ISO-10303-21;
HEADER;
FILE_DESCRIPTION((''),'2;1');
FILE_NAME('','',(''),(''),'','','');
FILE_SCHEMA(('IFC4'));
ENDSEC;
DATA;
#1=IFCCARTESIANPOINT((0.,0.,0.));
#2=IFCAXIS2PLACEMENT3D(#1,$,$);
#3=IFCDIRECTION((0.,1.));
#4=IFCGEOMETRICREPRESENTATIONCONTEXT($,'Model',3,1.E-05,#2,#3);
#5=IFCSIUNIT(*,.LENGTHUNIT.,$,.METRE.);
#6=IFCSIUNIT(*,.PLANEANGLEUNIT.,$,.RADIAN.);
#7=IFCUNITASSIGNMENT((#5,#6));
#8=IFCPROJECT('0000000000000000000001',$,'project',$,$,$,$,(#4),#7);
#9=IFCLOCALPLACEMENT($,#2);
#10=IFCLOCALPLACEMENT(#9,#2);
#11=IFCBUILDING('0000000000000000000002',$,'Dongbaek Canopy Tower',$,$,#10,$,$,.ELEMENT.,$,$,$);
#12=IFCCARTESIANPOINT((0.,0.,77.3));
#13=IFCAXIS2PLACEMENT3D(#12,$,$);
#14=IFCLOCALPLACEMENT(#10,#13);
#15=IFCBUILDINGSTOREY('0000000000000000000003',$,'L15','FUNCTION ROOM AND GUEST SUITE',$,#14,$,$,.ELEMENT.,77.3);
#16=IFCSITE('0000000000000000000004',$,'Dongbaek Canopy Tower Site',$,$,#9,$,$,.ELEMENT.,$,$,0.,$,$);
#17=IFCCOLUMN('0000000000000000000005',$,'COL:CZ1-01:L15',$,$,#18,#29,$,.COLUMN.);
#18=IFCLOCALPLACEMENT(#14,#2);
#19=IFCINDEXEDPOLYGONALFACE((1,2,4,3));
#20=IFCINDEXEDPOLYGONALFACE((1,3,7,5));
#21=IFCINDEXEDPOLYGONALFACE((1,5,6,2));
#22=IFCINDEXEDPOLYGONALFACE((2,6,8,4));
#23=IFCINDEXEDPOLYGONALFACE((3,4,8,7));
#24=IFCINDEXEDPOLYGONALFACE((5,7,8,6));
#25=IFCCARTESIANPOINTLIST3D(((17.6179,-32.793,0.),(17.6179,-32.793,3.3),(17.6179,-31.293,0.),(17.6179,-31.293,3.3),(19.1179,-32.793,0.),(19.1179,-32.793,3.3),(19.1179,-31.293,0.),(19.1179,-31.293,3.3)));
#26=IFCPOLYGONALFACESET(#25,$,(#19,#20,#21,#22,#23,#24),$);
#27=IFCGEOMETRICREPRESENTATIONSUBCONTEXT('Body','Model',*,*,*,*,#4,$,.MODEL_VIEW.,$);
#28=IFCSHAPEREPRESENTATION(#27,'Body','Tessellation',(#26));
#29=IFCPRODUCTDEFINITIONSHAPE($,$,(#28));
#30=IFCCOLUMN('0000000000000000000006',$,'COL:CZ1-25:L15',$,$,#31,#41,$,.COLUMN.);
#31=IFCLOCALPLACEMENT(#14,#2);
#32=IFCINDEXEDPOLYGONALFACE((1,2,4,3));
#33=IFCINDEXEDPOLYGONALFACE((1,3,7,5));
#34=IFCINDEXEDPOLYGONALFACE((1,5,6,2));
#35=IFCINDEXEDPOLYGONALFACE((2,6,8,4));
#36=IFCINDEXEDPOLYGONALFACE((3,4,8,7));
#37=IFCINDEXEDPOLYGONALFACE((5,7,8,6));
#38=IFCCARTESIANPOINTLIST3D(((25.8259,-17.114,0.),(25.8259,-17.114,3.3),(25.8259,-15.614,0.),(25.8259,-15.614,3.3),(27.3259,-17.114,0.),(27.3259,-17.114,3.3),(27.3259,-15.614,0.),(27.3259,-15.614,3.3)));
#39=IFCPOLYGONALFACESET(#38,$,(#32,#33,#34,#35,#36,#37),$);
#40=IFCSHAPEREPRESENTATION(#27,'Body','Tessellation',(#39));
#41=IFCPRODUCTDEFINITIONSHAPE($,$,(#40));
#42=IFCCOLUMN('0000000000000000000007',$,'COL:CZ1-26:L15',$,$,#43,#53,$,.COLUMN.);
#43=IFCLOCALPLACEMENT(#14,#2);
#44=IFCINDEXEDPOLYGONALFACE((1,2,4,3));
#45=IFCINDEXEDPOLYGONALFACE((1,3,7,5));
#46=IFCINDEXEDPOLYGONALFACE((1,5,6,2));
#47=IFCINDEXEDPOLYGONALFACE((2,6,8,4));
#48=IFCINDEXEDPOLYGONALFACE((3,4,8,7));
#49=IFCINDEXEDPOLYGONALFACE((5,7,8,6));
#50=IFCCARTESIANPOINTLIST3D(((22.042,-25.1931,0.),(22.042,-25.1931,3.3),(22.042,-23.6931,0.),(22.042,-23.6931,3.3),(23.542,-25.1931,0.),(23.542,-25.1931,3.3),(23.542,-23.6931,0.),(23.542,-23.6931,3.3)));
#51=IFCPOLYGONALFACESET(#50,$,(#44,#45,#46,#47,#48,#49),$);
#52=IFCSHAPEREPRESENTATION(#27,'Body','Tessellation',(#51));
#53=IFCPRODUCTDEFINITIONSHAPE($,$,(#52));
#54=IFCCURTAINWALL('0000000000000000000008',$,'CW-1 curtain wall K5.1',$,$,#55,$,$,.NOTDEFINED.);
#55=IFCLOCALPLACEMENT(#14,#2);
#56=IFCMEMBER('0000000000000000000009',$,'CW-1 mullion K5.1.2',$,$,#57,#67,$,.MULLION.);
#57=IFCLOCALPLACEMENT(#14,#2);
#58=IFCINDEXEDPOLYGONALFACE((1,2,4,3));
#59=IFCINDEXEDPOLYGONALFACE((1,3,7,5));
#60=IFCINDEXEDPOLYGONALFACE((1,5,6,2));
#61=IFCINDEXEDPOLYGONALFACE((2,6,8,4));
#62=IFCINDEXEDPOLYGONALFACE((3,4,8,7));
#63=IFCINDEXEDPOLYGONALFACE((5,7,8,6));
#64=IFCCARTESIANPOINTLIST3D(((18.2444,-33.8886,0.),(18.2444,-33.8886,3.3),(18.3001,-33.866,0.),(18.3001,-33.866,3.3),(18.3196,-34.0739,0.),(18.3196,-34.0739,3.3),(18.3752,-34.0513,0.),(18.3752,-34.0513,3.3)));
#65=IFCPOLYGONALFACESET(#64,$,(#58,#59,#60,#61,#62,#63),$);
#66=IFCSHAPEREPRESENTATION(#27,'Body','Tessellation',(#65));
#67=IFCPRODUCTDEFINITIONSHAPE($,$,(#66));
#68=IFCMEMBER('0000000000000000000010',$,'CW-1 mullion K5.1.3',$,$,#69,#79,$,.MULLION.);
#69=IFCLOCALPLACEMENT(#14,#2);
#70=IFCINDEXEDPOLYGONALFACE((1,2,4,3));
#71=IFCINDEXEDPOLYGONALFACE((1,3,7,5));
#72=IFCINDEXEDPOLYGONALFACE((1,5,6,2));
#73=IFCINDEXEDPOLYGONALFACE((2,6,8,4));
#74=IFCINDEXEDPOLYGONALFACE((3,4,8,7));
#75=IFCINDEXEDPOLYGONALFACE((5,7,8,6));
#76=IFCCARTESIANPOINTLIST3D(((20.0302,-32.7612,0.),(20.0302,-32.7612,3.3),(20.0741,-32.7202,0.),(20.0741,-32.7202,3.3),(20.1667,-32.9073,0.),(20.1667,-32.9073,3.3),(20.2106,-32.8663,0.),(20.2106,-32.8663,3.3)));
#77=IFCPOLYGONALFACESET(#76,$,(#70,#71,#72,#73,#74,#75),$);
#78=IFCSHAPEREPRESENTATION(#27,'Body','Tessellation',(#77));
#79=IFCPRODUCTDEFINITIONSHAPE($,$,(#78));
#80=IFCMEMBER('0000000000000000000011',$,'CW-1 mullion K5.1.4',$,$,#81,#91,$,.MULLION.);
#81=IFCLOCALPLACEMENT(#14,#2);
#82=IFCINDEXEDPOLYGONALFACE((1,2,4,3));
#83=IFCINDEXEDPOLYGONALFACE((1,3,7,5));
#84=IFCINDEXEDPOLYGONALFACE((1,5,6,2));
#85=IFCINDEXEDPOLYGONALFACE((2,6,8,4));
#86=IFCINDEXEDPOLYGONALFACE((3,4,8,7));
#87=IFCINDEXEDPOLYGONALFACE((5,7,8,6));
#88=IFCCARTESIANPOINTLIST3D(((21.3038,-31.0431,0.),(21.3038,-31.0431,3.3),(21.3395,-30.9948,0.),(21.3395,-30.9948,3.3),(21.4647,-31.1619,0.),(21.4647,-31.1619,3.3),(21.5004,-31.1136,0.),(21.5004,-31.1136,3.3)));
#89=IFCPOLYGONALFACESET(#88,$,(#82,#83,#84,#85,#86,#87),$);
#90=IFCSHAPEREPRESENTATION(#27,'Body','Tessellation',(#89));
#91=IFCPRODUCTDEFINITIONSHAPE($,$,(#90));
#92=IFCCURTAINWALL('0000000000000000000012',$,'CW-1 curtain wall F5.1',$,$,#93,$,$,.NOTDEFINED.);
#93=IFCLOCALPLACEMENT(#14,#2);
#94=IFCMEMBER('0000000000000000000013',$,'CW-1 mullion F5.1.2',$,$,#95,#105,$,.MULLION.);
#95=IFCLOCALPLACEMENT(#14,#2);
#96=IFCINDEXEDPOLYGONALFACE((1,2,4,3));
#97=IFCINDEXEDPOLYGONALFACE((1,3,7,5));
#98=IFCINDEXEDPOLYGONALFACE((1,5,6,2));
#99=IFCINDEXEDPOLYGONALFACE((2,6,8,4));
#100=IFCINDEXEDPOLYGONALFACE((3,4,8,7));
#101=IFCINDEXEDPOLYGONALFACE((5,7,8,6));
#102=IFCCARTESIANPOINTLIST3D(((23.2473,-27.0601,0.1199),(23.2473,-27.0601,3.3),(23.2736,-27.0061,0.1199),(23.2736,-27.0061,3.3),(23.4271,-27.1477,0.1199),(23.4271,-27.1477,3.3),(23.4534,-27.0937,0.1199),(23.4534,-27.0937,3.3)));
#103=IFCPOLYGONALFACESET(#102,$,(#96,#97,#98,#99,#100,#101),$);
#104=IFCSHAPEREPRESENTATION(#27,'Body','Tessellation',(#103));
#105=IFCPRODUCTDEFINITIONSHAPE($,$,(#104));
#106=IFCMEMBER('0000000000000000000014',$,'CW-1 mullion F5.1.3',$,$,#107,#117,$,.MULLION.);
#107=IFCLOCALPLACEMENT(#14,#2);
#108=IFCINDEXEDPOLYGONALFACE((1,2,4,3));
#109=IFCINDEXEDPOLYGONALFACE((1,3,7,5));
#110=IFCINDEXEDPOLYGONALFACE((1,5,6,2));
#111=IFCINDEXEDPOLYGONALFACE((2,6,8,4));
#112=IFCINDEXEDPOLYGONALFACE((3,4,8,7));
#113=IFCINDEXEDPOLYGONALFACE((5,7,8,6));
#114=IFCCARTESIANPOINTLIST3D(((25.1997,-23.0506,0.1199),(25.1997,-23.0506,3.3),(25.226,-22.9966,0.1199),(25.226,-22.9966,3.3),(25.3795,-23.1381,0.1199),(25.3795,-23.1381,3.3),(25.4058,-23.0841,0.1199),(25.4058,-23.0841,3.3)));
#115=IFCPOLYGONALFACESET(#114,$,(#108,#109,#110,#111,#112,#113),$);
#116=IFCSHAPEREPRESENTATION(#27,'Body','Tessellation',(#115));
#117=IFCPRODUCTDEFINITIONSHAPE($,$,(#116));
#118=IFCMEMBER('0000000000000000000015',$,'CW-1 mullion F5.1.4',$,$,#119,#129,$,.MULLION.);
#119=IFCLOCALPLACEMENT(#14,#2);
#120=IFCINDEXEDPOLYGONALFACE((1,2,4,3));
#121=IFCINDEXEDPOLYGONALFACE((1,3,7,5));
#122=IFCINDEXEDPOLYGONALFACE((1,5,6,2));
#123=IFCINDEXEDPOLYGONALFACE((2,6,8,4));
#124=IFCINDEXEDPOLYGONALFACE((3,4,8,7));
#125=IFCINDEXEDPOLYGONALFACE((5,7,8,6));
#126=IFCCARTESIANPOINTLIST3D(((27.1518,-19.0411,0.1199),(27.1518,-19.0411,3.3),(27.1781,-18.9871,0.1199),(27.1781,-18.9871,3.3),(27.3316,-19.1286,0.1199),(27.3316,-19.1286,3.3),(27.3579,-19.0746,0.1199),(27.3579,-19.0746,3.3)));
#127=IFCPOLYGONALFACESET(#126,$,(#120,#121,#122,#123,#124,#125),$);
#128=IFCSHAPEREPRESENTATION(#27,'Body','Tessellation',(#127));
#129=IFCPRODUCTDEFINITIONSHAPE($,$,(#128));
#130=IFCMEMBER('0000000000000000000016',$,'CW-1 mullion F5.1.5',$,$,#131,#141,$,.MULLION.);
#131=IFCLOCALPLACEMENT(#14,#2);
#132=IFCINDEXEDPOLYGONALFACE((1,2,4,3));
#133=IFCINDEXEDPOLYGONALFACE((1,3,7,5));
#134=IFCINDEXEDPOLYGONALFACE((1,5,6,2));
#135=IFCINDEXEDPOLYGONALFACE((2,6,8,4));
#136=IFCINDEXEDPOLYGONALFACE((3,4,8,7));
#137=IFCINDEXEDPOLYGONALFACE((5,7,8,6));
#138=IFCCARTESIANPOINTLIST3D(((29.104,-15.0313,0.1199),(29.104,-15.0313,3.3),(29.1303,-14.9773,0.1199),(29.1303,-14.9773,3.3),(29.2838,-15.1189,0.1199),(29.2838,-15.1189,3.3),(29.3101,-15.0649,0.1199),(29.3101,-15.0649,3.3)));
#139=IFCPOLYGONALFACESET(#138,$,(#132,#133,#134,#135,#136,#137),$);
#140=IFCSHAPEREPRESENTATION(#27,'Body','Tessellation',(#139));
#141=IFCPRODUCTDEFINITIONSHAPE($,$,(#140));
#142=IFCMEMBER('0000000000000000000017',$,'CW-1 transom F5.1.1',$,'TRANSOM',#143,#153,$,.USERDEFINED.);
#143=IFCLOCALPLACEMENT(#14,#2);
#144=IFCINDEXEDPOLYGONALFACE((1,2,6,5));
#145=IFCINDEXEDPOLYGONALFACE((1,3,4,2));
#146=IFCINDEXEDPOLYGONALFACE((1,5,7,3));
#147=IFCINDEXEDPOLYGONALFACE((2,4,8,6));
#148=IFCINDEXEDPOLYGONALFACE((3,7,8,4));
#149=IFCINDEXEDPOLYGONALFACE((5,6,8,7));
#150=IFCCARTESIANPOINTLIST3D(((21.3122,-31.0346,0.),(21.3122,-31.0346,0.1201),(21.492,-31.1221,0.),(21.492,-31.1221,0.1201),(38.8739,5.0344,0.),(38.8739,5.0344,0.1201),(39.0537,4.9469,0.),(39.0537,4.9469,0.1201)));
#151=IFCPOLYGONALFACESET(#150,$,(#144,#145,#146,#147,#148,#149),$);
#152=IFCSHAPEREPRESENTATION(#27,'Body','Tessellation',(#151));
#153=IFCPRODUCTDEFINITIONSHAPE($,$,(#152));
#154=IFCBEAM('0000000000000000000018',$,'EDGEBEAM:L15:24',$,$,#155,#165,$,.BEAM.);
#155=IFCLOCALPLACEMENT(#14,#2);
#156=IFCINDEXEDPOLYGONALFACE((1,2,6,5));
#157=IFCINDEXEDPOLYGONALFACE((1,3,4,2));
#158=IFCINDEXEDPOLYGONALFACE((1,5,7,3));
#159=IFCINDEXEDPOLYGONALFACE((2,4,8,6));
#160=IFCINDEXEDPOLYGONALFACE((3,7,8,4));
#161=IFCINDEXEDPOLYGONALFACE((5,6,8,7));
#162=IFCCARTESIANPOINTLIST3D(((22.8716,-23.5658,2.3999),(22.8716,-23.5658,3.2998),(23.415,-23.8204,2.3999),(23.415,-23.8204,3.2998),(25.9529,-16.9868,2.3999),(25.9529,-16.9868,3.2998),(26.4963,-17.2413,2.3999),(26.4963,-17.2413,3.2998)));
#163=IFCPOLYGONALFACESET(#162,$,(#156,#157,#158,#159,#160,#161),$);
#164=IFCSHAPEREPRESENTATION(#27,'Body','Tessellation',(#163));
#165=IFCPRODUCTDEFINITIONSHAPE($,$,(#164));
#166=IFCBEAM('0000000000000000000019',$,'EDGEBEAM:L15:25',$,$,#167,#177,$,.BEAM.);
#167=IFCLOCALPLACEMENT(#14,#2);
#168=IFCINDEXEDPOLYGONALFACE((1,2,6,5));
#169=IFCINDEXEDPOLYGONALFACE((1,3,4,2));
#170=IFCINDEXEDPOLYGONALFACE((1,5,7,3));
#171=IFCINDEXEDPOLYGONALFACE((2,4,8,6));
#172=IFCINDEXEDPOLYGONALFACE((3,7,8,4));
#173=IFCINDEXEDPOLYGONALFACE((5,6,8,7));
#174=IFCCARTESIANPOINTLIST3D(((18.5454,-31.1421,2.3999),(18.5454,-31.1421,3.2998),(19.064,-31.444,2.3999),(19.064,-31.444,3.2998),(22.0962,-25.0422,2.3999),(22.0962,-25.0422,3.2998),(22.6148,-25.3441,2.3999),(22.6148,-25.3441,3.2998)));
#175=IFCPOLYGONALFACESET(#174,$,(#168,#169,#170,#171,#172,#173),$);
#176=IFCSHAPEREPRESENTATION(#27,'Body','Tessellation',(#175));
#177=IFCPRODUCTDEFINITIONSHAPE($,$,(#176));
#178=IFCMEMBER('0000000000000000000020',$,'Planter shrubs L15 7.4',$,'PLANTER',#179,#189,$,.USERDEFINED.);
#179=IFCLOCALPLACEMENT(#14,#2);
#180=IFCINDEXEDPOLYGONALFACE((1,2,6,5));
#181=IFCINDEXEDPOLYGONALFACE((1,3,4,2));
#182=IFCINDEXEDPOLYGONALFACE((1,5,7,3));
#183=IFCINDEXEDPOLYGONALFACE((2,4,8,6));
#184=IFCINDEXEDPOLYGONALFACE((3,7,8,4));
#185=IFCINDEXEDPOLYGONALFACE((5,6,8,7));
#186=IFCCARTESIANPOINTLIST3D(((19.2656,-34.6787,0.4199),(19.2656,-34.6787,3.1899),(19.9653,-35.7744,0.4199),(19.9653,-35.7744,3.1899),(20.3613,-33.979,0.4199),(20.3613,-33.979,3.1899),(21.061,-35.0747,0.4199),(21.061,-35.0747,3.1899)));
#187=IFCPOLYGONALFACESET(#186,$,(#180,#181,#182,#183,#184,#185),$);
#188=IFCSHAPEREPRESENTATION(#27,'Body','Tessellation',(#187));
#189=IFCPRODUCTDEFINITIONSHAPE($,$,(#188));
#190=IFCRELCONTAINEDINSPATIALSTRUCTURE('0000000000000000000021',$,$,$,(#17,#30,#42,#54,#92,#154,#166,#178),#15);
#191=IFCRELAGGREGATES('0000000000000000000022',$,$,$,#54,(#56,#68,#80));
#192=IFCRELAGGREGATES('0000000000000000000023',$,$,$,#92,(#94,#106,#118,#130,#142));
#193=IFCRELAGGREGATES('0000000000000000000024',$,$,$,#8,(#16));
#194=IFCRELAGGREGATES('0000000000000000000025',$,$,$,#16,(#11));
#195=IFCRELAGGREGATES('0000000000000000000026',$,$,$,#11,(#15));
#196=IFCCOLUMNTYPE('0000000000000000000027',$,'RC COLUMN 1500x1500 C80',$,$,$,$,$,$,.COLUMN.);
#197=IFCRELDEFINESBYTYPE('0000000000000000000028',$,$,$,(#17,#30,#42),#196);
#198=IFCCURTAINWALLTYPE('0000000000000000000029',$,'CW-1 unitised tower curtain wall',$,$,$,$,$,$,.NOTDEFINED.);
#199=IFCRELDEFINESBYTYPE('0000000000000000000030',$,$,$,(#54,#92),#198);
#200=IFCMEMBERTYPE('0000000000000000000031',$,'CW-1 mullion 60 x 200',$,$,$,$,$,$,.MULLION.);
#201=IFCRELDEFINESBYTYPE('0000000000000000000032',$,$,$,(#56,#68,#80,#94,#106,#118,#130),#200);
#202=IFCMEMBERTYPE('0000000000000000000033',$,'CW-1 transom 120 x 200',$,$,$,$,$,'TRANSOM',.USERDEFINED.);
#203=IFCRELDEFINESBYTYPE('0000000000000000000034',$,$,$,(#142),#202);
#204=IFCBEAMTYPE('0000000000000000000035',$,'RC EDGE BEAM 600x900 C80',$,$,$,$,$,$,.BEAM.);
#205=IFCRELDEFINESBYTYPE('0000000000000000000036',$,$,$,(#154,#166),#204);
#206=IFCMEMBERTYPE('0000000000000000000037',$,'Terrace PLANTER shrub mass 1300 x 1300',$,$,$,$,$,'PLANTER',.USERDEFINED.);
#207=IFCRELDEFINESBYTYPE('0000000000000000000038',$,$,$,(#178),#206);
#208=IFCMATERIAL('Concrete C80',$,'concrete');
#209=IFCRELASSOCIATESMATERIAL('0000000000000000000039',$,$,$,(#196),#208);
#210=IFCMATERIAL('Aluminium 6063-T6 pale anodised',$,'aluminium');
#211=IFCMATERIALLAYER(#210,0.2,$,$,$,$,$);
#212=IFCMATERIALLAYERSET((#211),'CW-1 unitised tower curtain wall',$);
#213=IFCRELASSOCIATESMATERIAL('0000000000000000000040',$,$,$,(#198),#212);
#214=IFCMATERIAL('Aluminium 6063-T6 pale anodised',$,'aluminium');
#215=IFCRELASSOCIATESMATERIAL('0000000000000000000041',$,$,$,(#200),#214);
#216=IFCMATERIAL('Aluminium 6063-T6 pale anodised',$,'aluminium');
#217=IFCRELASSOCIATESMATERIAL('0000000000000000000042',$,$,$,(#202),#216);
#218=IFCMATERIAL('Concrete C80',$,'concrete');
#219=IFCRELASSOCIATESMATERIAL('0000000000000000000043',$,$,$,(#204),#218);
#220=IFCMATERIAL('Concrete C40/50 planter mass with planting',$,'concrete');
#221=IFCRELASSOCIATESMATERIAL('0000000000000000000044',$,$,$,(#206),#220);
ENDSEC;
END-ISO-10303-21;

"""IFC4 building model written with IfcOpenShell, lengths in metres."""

from ifc_helpers import new_model, si_unit, direction, frame, origin, origin_2d, place, context, subcontext, project, spatial, rectangle, extrude, material, layer, layer_set, material_profile, profile_set, type_object, element, aggregate, save


model = new_model("IFC4")

# Units and contexts
model_context = context("Model", 3, precision=1e-05, world=origin(), true_north=direction((0.0, 1.0)))
body_context = subcontext(model_context, "Body", "Model", "MODEL_VIEW")
ifc_project = project(units=[si_unit("LENGTHUNIT", "METRE"), si_unit("PLANEANGLEUNIT", "RADIAN")], contexts=[model_context])

# Site, building, storey
site_placement = place(None, origin())
site = spatial("IfcSite", under=ifc_project, at=site_placement, Name="Dongbaek Canopy Tower Site", CompositionType="ELEMENT", RefElevation=0.0)
building_placement = place(site_placement, origin())
building = spatial("IfcBuilding", under=site, at=building_placement, Name="Dongbaek Canopy Tower", CompositionType="ELEMENT")
storey_placement = place(building_placement, frame((0.0, 0.0, 77.3)))
storey = spatial("IfcBuildingStorey", under=building, at=storey_placement, Name="L15", Description="FUNCTION ROOM AND GUEST SUITE", CompositionType="ELEMENT", Elevation=77.3)

# Columns
ifc_material_1 = material(Name="Concrete C80", Category="concrete")
ifc_material_profile_1 = material_profile(ifc_material_1, rectangle(XDim=1.5, YDim=1.5, at=origin_2d()), Name="RC COLUMN 1500x1500 C80")
ifc_profile_set_1 = profile_set([ifc_material_profile_1], Name="Concrete C80")
column_type = type_object("IfcColumnType", Name="RC COLUMN 1500x1500 C80", PredefinedType="COLUMN", material=ifc_profile_set_1)
for number, where, z_axis, x_axis, name in (
    (1, (18.3679, -32.043, 0.0), (0.0, 0.0, 1.0), (1.0, 0.0, 0.0), "COL:CZ1-01:L15"),
    (2, (26.5759, -16.364, 0.0), (0.0, 0.0, 1.0), (1.0, 0.0, 0.0), "COL:CZ1-25:L15"),
    (3, (22.792, -24.4431, 0.0), (0.0, 0.0, 1.0), (1.0, 0.0, 0.0), "COL:CZ1-26:L15"),
):
    element("IfcColumn", number, at=place(storey_placement, frame(where, z_axis=z_axis, x_axis=x_axis)), inside=storey, type_object=column_type, Name=name, PredefinedType="COLUMN", context=body_context, shape_type="SweptSolid", body=[
        extrude(rectangle(XDim=1.5, YDim=1.5, at=origin_2d()), origin(), (0.0, 0.0, 1.0), 3.3),
    ])

# Curtain walls, members
ifc_material_2 = material(Name="Aluminium 6063-T6 pale anodised", Category="aluminium")
ifc_layer_1 = layer(ifc_material_2, 0.2)
ifc_layer_set_1 = layer_set([ifc_layer_1], Name="CW-1 unitised tower curtain wall")
curtain_wall_type = type_object("IfcCurtainWallType", Name="CW-1 unitised tower curtain wall", PredefinedType="NOTDEFINED", material=ifc_layer_set_1)
curtain_wall_1_placement = place(storey_placement, origin())
curtain_wall_1 = element("IfcCurtainWall", 4, at=curtain_wall_1_placement, inside=storey, type_object=curtain_wall_type, Name="CW-1 curtain wall K5.1", PredefinedType="NOTDEFINED")
ifc_material_3 = material(Name="Aluminium 6063-T6 pale anodised", Category="aluminium")
ifc_material_profile_2 = material_profile(ifc_material_3, rectangle(XDim=0.2, YDim=0.0601, at=origin_2d()), Name="CW-1 mullion 60 x 200")
ifc_profile_set_2 = profile_set([ifc_material_profile_2], Name="Aluminium 6063-T6 pale anodised")
member_type_1 = type_object("IfcMemberType", Name="CW-1 mullion 60 x 200", PredefinedType="MULLION", material=ifc_profile_set_2)
member_1_placement = place(storey_placement, frame((18.3098, -33.97, 0.0), z_axis=(0.0, 0.0, 1.0), x_axis=(0.375744, -0.926724, 0.0)))
member_1 = element("IfcMember", 5, at=member_1_placement, type_object=member_type_1, Name="CW-1 mullion K5.1.2", PredefinedType="MULLION", context=body_context, shape_type="SweptSolid", body=[
    extrude(rectangle(XDim=0.2, YDim=0.0601, at=origin_2d()), origin(), (0.0, 0.0, 1.0), 3.3),
])
member_2_placement = place(storey_placement, frame((20.1204, -32.8137, 0.0), z_axis=(0.0, 0.0, 1.0), x_axis=(0.682696, -0.730703, 0.0)))
member_2 = element("IfcMember", 6, at=member_2_placement, type_object=member_type_1, Name="CW-1 mullion K5.1.3", PredefinedType="MULLION", context=body_context, shape_type="SweptSolid", body=[
    extrude(rectangle(XDim=0.2, YDim=0.0601, at=origin_2d()), origin(), (0.0, 0.0, 1.0), 3.3),
])
member_3_placement = place(storey_placement, frame((21.4021, -31.0784, 0.0), z_axis=(0.0, 0.0, 1.0), x_axis=(0.804343, -0.594165, 0.0)))
member_3 = element("IfcMember", 7, at=member_3_placement, type_object=member_type_1, Name="CW-1 mullion K5.1.4", PredefinedType="MULLION", context=body_context, shape_type="SweptSolid", body=[
    extrude(rectangle(XDim=0.2, YDim=0.0601, at=origin_2d()), origin(), (0.0, 0.0, 1.0), 3.3),
])
curtain_wall_2_placement = place(storey_placement, origin())
curtain_wall_2 = element("IfcCurtainWall", 8, at=curtain_wall_2_placement, inside=storey, type_object=curtain_wall_type, Name="CW-1 curtain wall F5.1", PredefinedType="NOTDEFINED")
member_4_placement = place(storey_placement, frame((23.3503, -27.0769, 0.1199), z_axis=(0.0, 0.0, 1.0), x_axis=(0.899092, -0.437759, 0.0)))
member_4 = element("IfcMember", 9, at=member_4_placement, type_object=member_type_1, Name="CW-1 mullion F5.1.2", PredefinedType="MULLION", context=body_context, shape_type="SweptSolid", body=[
    extrude(rectangle(XDim=0.2, YDim=0.0601, at=origin_2d()), origin(), (0.0, 0.0, 1.0), 3.1802),
])
member_5_placement = place(storey_placement, frame((25.3027, -23.0674, 0.1199), z_axis=(0.0, 0.0, 1.0), x_axis=(0.899092, -0.437759, 0.0)))
member_5 = element("IfcMember", 10, at=member_5_placement, type_object=member_type_1, Name="CW-1 mullion F5.1.3", PredefinedType="MULLION", context=body_context, shape_type="SweptSolid", body=[
    extrude(rectangle(XDim=0.2, YDim=0.0601, at=origin_2d()), origin(), (0.0, 0.0, 1.0), 3.1802),
])
member_6_placement = place(storey_placement, frame((27.2549, -19.0579, 0.1199), z_axis=(0.0, 0.0, 1.0), x_axis=(0.899092, -0.437759, 0.0)))
member_6 = element("IfcMember", 11, at=member_6_placement, type_object=member_type_1, Name="CW-1 mullion F5.1.4", PredefinedType="MULLION", context=body_context, shape_type="SweptSolid", body=[
    extrude(rectangle(XDim=0.2, YDim=0.0601, at=origin_2d()), origin(), (0.0, 0.0, 1.0), 3.1802),
])
member_7_placement = place(storey_placement, frame((29.207, -15.0481, 0.1199), z_axis=(0.0, 0.0, 1.0), x_axis=(0.899092, -0.437759, 0.0)))
member_7 = element("IfcMember", 12, at=member_7_placement, type_object=member_type_1, Name="CW-1 mullion F5.1.5", PredefinedType="MULLION", context=body_context, shape_type="SweptSolid", body=[
    extrude(rectangle(XDim=0.2, YDim=0.0601, at=origin_2d()), origin(), (0.0, 0.0, 1.0), 3.1802),
])
ifc_material_4 = material(Name="Aluminium 6063-T6 pale anodised", Category="aluminium")
ifc_material_profile_3 = material_profile(ifc_material_4, rectangle(XDim=0.2, YDim=0.1201, at=origin_2d()), Name="CW-1 transom 120 x 200")
ifc_profile_set_3 = profile_set([ifc_material_profile_3], Name="Aluminium 6063-T6 pale anodised")
member_type_2 = type_object("IfcMemberType", Name="CW-1 transom 120 x 200", ElementType="TRANSOM", PredefinedType="USERDEFINED", material=ifc_profile_set_3)
member_8_placement = place(storey_placement, frame((21.4021, -31.0784, 0.0601), z_axis=(0.437761, 0.899091, 0.0), x_axis=(-0.899091, 0.437761, 0.0)))
member_8 = element("IfcMember", 13, at=member_8_placement, type_object=member_type_2, Name="CW-1 transom F5.1.1", ObjectType="TRANSOM", PredefinedType="USERDEFINED", context=body_context, shape_type="SweptSolid", body=[
    extrude(rectangle(XDim=0.2, YDim=0.1201, at=origin_2d()), origin(), (0.0, 0.0, 1.0), 40.1172),
])

# Beams
ifc_material_5 = material(Name="Concrete C80", Category="concrete")
ifc_material_profile_4 = material_profile(ifc_material_5, rectangle(XDim=0.6001, YDim=0.8999, at=origin_2d()), Name="RC EDGE BEAM 600x900 C80")
ifc_profile_set_4 = profile_set([ifc_material_profile_4], Name="Concrete C80")
beam_type = type_object("IfcBeamType", Name="RC EDGE BEAM 600x900 C80", PredefinedType="BEAM", material=ifc_profile_set_4)
beam_1_placement = place(storey_placement, frame((26.2246, -17.114, 2.8499), z_axis=(-0.424134, -0.905599, 0.0), x_axis=(0.905599, -0.424134, 0.0)))
element("IfcBeam", 14, at=beam_1_placement, inside=storey, type_object=beam_type, Name="EDGEBEAM:L15:24", PredefinedType="BEAM", context=body_context, shape_type="SweptSolid", body=[
    extrude(rectangle(XDim=0.6001, YDim=0.8999, at=origin_2d()), origin(), (0.0, 0.0, 1.0), 7.2649),
])
beam_2_placement = place(storey_placement, frame((22.3555, -25.1931, 2.8499), z_axis=(-0.503082, -0.864239, 0.0), x_axis=(0.864239, -0.503082, 0.0)))
element("IfcBeam", 15, at=beam_2_placement, inside=storey, type_object=beam_type, Name="EDGEBEAM:L15:25", PredefinedType="BEAM", context=body_context, shape_type="SweptSolid", body=[
    extrude(rectangle(XDim=0.6001, YDim=0.8999, at=origin_2d()), origin(), (0.0, 0.0, 1.0), 7.0581),
])

# Member
ifc_material_6 = material(Name="Concrete C40/50 planter mass with planting", Category="concrete")
ifc_material_profile_5 = material_profile(ifc_material_6, rectangle(XDim=1.3, YDim=1.3, at=origin_2d()), Name="Terrace PLANTER shrub mass 1300 x 1300")
ifc_profile_set_5 = profile_set([ifc_material_profile_5], Name="Concrete C40/50 planter mass with planting")
member_type_3 = type_object("IfcMemberType", Name="Terrace PLANTER shrub mass 1300 x 1300", ElementType="PLANTER", PredefinedType="USERDEFINED", material=ifc_profile_set_5)
member_9_placement = place(storey_placement, frame((20.1633, -34.8767, 0.4199), z_axis=(0.0, 0.0, 1.0), x_axis=(0.538219, -0.842805, 0.0)))
element("IfcMember", 16, at=member_9_placement, inside=storey, type_object=member_type_3, Name="Planter shrubs L15 7.4", ObjectType="PLANTER", PredefinedType="USERDEFINED", context=body_context, shape_type="SweptSolid", body=[
    extrude(rectangle(XDim=1.3, YDim=1.3, at=origin_2d()), origin(), (0.0, 0.0, 1.0), 2.77),
])

aggregate(curtain_wall_1, [member_1, member_2, member_3])

aggregate(curtain_wall_2, [member_4, member_5, member_6, member_7, member_8])

save(model, "model.ifc")
